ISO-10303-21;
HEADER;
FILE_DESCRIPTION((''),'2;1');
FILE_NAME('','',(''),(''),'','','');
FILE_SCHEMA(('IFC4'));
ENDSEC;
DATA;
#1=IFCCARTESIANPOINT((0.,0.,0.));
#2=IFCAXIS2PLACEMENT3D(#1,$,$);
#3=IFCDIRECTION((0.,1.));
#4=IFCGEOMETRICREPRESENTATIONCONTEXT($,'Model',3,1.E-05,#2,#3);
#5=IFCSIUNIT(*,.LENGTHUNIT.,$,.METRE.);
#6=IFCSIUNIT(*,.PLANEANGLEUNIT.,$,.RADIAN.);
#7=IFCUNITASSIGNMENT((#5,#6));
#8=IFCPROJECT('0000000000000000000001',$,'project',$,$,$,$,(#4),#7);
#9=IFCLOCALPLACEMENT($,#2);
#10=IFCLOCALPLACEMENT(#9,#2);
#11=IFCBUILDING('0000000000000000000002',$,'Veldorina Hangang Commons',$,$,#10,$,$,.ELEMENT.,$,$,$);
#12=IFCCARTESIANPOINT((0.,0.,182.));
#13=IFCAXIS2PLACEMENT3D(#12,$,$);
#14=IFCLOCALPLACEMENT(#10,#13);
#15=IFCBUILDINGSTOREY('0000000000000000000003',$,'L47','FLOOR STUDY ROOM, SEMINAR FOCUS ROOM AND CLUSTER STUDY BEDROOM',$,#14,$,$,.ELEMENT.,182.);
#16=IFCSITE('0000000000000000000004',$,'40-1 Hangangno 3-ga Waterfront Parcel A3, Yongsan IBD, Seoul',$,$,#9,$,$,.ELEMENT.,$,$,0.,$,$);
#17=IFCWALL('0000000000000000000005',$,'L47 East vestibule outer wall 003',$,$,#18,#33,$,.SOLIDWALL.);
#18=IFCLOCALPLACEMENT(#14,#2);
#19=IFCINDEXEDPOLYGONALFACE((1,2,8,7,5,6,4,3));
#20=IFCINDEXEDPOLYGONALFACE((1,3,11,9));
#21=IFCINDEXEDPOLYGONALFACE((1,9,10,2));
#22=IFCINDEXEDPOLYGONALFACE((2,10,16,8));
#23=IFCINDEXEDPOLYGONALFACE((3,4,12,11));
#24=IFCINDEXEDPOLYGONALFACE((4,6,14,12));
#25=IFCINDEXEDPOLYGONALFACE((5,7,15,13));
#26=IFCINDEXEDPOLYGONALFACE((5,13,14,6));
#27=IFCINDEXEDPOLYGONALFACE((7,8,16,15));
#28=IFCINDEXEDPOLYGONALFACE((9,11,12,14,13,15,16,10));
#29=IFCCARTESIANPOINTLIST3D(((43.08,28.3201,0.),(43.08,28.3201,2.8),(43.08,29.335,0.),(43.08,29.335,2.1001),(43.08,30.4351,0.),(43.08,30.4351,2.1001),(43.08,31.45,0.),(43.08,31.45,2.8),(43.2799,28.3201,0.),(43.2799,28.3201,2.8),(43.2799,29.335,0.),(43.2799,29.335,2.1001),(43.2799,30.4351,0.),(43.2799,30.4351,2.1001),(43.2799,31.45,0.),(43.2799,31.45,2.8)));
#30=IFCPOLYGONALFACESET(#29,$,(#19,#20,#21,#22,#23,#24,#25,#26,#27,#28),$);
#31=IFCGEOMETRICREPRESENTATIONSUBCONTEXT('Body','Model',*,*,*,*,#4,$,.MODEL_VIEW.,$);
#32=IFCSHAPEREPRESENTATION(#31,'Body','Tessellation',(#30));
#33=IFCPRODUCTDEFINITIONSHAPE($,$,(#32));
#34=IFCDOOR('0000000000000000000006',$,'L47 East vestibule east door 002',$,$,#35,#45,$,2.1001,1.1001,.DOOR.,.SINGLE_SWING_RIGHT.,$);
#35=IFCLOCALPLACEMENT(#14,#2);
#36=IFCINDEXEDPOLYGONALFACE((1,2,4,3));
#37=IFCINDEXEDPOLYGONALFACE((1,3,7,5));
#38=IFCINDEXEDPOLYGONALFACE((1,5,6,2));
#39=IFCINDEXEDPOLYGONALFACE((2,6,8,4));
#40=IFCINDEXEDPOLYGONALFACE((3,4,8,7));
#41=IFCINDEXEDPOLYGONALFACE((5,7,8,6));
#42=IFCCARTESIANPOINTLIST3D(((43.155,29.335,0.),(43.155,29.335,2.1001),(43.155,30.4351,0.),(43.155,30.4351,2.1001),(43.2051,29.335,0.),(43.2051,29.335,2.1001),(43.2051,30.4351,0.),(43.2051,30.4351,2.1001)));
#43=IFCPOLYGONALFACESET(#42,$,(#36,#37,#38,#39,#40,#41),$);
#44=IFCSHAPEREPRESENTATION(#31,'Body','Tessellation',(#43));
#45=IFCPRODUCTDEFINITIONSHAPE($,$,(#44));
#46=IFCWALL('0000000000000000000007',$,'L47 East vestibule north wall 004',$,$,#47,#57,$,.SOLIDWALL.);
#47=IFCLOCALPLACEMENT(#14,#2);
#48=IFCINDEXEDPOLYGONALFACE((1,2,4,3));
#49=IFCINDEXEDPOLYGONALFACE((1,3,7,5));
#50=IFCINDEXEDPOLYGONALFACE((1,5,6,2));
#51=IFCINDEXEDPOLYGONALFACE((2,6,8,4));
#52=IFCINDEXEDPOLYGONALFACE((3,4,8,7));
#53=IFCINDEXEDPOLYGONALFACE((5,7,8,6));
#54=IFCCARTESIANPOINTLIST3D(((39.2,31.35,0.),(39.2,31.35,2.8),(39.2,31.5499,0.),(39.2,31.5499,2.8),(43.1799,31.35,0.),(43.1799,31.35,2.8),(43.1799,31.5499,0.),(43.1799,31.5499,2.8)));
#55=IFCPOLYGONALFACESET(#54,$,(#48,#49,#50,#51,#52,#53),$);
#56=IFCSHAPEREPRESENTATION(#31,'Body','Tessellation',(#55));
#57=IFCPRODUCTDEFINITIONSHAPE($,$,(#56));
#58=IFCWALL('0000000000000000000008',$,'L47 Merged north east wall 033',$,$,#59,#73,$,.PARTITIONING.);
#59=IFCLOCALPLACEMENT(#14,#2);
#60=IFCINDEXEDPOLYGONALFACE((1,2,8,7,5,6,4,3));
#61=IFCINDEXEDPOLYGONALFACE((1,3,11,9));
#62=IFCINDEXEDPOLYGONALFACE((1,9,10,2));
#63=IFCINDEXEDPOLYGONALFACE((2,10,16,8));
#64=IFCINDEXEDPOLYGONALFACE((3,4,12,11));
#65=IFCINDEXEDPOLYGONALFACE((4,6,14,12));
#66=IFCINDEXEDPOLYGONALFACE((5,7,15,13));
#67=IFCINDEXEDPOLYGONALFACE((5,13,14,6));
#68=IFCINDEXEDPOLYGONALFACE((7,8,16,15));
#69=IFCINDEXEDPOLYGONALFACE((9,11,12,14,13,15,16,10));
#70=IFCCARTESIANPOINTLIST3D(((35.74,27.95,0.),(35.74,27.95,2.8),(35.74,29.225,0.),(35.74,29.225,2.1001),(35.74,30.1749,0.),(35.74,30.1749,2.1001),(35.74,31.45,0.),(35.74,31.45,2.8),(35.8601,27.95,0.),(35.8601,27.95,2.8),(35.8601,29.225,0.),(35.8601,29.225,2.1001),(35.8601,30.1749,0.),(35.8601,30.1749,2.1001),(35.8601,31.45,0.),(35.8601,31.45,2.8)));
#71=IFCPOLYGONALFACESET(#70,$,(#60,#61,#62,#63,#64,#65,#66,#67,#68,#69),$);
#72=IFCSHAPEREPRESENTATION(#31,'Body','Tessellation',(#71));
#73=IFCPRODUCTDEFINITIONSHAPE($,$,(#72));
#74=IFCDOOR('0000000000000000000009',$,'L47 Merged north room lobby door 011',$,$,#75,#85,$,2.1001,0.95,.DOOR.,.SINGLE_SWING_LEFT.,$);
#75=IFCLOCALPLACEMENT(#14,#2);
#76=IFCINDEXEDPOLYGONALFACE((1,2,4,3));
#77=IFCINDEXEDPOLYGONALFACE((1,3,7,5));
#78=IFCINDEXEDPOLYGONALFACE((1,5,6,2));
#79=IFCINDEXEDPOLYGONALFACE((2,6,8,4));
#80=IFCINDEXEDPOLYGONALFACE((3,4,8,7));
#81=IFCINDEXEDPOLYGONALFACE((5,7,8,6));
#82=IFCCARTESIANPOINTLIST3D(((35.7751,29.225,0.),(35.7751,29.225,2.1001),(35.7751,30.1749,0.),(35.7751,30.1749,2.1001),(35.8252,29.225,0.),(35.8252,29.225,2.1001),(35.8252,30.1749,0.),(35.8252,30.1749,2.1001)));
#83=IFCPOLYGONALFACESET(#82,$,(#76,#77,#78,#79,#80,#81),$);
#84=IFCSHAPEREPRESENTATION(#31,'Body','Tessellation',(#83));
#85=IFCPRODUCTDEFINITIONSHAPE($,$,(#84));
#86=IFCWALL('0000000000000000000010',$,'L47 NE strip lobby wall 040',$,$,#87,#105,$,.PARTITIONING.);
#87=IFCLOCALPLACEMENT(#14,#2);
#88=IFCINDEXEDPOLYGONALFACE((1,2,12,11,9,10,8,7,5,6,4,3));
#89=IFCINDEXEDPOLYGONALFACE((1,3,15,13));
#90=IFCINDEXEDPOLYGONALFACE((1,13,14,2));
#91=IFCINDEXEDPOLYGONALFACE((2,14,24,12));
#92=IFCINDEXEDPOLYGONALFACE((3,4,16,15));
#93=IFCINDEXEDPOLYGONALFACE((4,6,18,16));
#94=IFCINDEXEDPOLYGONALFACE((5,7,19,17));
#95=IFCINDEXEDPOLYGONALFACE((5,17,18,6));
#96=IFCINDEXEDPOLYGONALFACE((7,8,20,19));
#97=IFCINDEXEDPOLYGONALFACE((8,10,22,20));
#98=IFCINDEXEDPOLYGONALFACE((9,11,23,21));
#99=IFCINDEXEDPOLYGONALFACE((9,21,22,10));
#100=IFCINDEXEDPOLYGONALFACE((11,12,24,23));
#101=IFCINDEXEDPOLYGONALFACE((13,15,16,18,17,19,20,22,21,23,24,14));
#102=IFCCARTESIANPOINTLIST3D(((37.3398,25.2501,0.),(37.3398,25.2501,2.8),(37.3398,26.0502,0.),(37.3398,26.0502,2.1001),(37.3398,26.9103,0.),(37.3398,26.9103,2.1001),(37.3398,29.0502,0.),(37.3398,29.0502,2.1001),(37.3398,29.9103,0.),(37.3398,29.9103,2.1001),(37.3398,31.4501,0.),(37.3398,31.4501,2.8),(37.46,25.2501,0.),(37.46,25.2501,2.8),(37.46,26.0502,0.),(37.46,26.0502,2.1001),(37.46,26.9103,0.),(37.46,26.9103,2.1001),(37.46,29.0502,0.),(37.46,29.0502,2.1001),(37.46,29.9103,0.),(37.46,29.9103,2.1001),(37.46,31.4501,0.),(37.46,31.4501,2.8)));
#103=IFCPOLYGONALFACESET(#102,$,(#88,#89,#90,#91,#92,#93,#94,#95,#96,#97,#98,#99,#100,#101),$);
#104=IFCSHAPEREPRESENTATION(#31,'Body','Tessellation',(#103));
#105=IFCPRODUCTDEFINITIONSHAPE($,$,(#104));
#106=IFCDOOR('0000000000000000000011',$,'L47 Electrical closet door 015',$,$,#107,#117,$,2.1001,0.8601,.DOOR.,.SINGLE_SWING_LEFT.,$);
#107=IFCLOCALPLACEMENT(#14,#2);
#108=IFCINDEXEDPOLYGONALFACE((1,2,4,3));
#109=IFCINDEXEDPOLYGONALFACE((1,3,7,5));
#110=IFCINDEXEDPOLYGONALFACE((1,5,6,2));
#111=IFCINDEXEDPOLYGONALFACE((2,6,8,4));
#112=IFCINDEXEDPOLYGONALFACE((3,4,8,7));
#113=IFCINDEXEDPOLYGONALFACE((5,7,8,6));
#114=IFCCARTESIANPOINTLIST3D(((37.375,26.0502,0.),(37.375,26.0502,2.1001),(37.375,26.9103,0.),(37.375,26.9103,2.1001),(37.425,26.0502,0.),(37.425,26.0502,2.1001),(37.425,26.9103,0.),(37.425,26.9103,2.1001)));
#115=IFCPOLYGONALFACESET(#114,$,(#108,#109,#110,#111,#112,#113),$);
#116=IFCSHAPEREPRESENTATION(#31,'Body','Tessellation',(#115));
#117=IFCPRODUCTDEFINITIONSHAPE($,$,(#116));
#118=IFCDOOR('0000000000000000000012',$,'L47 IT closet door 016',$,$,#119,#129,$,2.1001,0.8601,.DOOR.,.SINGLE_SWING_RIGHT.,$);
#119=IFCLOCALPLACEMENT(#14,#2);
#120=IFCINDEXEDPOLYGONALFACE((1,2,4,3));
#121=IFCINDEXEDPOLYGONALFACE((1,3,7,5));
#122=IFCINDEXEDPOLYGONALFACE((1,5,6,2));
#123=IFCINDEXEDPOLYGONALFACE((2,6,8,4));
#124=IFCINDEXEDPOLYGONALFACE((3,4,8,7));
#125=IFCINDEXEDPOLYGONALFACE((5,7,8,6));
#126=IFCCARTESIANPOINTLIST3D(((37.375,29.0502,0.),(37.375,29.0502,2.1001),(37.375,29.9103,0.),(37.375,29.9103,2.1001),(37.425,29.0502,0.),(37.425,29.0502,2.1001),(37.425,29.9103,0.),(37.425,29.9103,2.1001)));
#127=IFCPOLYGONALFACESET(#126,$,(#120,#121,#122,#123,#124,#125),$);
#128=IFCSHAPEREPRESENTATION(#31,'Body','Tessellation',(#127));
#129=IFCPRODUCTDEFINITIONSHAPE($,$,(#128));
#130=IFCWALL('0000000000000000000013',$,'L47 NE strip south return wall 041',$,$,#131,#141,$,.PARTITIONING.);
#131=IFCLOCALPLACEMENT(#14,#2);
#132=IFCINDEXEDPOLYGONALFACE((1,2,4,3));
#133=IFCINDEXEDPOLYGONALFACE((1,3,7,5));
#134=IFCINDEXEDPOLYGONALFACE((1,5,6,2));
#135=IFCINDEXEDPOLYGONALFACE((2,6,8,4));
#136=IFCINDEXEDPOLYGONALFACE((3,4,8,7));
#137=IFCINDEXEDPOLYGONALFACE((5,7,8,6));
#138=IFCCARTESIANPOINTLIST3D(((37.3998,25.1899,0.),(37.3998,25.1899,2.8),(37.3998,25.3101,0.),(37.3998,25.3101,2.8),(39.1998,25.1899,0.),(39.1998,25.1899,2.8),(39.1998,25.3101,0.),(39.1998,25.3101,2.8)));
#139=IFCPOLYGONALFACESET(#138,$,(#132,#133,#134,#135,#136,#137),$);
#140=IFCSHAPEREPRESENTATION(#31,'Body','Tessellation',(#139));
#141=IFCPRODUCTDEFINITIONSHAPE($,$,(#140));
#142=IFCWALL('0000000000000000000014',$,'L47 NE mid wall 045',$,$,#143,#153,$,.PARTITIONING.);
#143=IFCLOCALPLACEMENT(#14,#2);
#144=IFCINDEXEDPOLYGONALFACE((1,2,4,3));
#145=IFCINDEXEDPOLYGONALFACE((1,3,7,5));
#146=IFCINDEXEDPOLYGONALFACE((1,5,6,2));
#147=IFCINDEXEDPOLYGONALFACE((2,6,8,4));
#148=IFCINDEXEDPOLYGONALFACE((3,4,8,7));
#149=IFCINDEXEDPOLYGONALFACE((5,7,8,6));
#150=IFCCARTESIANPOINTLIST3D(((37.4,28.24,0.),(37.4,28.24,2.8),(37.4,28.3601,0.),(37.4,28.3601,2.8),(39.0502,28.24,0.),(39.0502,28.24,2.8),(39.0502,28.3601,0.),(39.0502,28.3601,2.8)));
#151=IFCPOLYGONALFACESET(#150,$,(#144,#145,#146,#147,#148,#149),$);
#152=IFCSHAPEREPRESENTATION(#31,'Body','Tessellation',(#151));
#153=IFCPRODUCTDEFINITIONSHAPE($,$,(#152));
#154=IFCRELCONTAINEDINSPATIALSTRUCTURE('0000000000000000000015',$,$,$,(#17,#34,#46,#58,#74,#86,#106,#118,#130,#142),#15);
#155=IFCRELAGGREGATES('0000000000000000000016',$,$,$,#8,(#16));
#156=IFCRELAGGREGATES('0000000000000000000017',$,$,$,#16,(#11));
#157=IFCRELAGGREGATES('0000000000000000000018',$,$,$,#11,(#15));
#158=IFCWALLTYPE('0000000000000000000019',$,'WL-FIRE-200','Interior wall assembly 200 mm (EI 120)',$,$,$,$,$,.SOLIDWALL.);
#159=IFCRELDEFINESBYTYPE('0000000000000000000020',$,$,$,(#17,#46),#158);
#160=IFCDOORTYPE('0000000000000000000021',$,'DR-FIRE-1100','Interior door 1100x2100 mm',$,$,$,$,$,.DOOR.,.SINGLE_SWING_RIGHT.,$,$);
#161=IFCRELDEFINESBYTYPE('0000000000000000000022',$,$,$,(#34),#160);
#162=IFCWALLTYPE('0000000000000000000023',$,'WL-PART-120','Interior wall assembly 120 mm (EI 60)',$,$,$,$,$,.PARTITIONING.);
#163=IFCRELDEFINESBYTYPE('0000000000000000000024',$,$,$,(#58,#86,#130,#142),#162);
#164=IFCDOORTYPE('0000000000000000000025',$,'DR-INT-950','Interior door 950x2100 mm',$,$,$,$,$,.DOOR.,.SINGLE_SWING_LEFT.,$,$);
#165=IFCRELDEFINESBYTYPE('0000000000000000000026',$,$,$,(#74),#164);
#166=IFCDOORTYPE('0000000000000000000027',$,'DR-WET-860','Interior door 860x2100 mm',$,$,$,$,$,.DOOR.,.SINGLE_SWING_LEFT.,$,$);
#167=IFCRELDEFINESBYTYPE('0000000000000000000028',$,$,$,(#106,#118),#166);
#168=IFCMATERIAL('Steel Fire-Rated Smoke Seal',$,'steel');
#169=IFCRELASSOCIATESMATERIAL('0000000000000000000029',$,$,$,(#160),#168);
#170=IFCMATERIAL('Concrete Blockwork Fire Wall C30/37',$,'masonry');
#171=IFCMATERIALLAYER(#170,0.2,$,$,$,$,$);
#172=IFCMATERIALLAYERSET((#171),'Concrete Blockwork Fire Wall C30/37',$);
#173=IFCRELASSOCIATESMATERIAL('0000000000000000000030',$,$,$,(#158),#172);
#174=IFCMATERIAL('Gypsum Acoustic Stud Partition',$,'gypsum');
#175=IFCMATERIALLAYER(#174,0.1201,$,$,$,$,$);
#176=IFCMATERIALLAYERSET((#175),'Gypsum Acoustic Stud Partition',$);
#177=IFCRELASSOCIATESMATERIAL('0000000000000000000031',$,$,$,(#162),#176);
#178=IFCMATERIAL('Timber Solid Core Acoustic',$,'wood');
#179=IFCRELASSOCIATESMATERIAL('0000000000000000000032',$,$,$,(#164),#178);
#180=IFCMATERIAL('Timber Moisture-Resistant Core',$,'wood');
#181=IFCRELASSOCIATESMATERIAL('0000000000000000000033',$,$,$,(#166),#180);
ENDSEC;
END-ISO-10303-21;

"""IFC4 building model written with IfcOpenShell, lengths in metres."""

from ifc_helpers import new_model, si_unit, direction, frame, frame_2d, origin, place, context, subcontext, project, spatial, rectangle, extrude, material, layer, layer_set, type_object, element, fill, save


model = new_model("IFC4")

# Units and contexts
model_context = context("Model", 3, precision=1e-05, world=origin(), true_north=direction((0.0, 1.0)))
body_context = subcontext(model_context, "Body", "Model", "MODEL_VIEW")
ifc_project = project(units=[si_unit("LENGTHUNIT", "METRE"), si_unit("PLANEANGLEUNIT", "RADIAN")], contexts=[model_context])

# Site, building, storey
site_placement = place(None, origin())
site = spatial("IfcSite", under=ifc_project, at=site_placement, Name="40-1 Hangangno 3-ga Waterfront Parcel A3, Yongsan IBD, Seoul", CompositionType="ELEMENT", RefElevation=0.0)
building_placement = place(site_placement, origin())
building = spatial("IfcBuilding", under=site, at=building_placement, Name="Veldorina Hangang Commons", CompositionType="ELEMENT")
storey_placement = place(building_placement, frame((0.0, 0.0, 182.0)))
storey = spatial("IfcBuildingStorey", under=building, at=storey_placement, Name="L47", Description="FLOOR STUDY ROOM, SEMINAR FOCUS ROOM AND CLUSTER STUDY BEDROOM", CompositionType="ELEMENT", Elevation=182.0)

# Shared definitions
ifc_material_1 = material(Name="Steel Fire-Rated Smoke Seal", Category="steel")
door_type_1 = type_object("IfcDoorType", Name="DR-FIRE-1100", Description="Interior door 1100x2100 mm", OperationType="SINGLE_SWING_RIGHT", PredefinedType="DOOR", material=ifc_material_1)

# Wall, opening, door
ifc_material_2 = material(Name="Concrete Blockwork Fire Wall C30/37", Category="masonry")
ifc_layer_1 = layer(ifc_material_2, 0.2)
ifc_layer_set_1 = layer_set([ifc_layer_1], Name="Concrete Blockwork Fire Wall C30/37")
wall_type_1 = type_object("IfcWallType", Name="WL-FIRE-200", Description="Interior wall assembly 200 mm (EI 120)", PredefinedType="SOLIDWALL", material=ifc_layer_set_1)
wall_1_placement = place(storey_placement, frame((43.1799, 28.3201, 0.0), z_axis=(0.0, 0.0, 1.0), x_axis=(0.0, 1.0, 0.0)))
wall_1 = element("IfcWall", 1, at=wall_1_placement, inside=storey, type_object=wall_type_1, Name="L47 East vestibule outer wall 003", PredefinedType="SOLIDWALL", context=body_context, shape_type="SweptSolid", body=[
    extrude(rectangle(XDim=3.1299, YDim=0.2, at=frame_2d((1.5649, 0.0))), origin(), (0.0, 0.0, 1.0), 2.8),
])
opening_1_placement = place(wall_1_placement, frame((1.0149, 0.0, 0.0)))
opening_1 = element("IfcOpeningElement", 2, at=opening_1_placement, cuts=wall_1, PredefinedType="OPENING", context=body_context, shape_type="SweptSolid", body=[
    extrude(rectangle(XDim=1.1001, YDim=2.1001, at=frame_2d((0.55, 1.05))), frame((0.0, 0.1099, 0.0), z_axis=(0.0, -1.0, 0.0), x_axis=(1.0, 0.0, 0.0)), (0.0, 0.0, 1.0), 0.22),
])
door_1_placement = place(opening_1_placement, origin())
door_1 = element("IfcDoor", 3, at=door_1_placement, inside=storey, type_object=door_type_1, Name="L47 East vestibule east door 002", OperationType="SINGLE_SWING_RIGHT", OverallHeight=2.1001, OverallWidth=1.1001, PredefinedType="DOOR", context=body_context, shape_type="SweptSolid", body=[
    extrude(rectangle(XDim=1.1001, YDim=2.1001, at=frame_2d((0.55, 1.05))), frame((0.0, 0.0249, 0.0), z_axis=(0.0, -1.0, 0.0), x_axis=(1.0, 0.0, 0.0)), (0.0, 0.0, 1.0), 0.05),
])
fill(opening_1, door_1)

# Wall
wall_2_placement = place(storey_placement, frame((39.2, 31.45, 0.0), z_axis=(0.0, 0.0, 1.0), x_axis=(1.0, 0.0, 0.0)))
element("IfcWall", 4, at=wall_2_placement, inside=storey, type_object=wall_type_1, Name="L47 East vestibule north wall 004", PredefinedType="SOLIDWALL", context=body_context, shape_type="SweptSolid", body=[
    extrude(rectangle(XDim=3.98, YDim=0.2, at=frame_2d((1.99, 0.0))), origin(), (0.0, 0.0, 1.0), 2.8),
])

# Wall, opening, door
ifc_material_3 = material(Name="Gypsum Acoustic Stud Partition", Category="gypsum")
ifc_layer_2 = layer(ifc_material_3, 0.1201)
ifc_layer_set_2 = layer_set([ifc_layer_2], Name="Gypsum Acoustic Stud Partition")
wall_type_2 = type_object("IfcWallType", Name="WL-PART-120", Description="Interior wall assembly 120 mm (EI 60)", PredefinedType="PARTITIONING", material=ifc_layer_set_2)
wall_3_placement = place(storey_placement, frame((35.8, 27.95, 0.0), z_axis=(0.0, 0.0, 1.0), x_axis=(0.0, 1.0, 0.0)))
wall_3 = element("IfcWall", 5, at=wall_3_placement, inside=storey, type_object=wall_type_2, Name="L47 Merged north east wall 033", PredefinedType="PARTITIONING", context=body_context, shape_type="SweptSolid", body=[
    extrude(rectangle(XDim=3.5, YDim=0.1201, at=frame_2d((1.75, 0.0))), origin(), (0.0, 0.0, 1.0), 2.8),
])
opening_2_placement = place(wall_3_placement, frame((1.2749, 0.0, 0.0)))
opening_2 = element("IfcOpeningElement", 6, at=opening_2_placement, cuts=wall_3, PredefinedType="OPENING", context=body_context, shape_type="SweptSolid", body=[
    extrude(rectangle(XDim=0.95, YDim=2.1001, at=frame_2d((0.4751, 1.05))), frame((0.0, 0.0701, 0.0), z_axis=(0.0, -1.0, 0.0), x_axis=(1.0, 0.0, 0.0)), (0.0, 0.0, 1.0), 0.1401),
])
ifc_material_4 = material(Name="Timber Solid Core Acoustic", Category="wood")
door_type_2 = type_object("IfcDoorType", Name="DR-INT-950", Description="Interior door 950x2100 mm", OperationType="SINGLE_SWING_LEFT", PredefinedType="DOOR", material=ifc_material_4)
door_2_placement = place(opening_2_placement, origin())
door_2 = element("IfcDoor", 7, at=door_2_placement, inside=storey, type_object=door_type_2, Name="L47 Merged north room lobby door 011", OperationType="SINGLE_SWING_LEFT", OverallHeight=2.1001, OverallWidth=0.95, PredefinedType="DOOR", context=body_context, shape_type="SweptSolid", body=[
    extrude(rectangle(XDim=0.95, YDim=2.1001, at=frame_2d((0.4751, 1.05))), frame((0.0, 0.0249, 0.0), z_axis=(0.0, -1.0, 0.0), x_axis=(1.0, 0.0, 0.0)), (0.0, 0.0, 1.0), 0.05),
])
fill(opening_2, door_2)

# Wall, openings, doors
wall_4_placement = place(storey_placement, frame((37.3999, 25.25, 0.0), z_axis=(0.0, 0.0, 1.0), x_axis=(0.0, 1.0, 0.0)))
wall_4 = element("IfcWall", 8, at=wall_4_placement, inside=storey, type_object=wall_type_2, Name="L47 NE strip lobby wall 040", PredefinedType="PARTITIONING", context=body_context, shape_type="SweptSolid", body=[
    extrude(rectangle(XDim=6.2, YDim=0.1201, at=frame_2d((3.1001, 0.0))), origin(), (0.0, 0.0, 1.0), 2.8),
])
opening_3_placement = place(wall_4_placement, frame((0.8, 0.0, 0.0)))
opening_3 = element("IfcOpeningElement", 9, at=opening_3_placement, cuts=wall_4, PredefinedType="OPENING", context=body_context, shape_type="SweptSolid", body=[
    extrude(rectangle(XDim=0.8601, YDim=2.1001, at=frame_2d((0.4302, 1.05))), frame((0.0, 0.0701, 0.0), z_axis=(0.0, -1.0, 0.0), x_axis=(1.0, 0.0, 0.0)), (0.0, 0.0, 1.0), 0.1401),
])
opening_4_placement = place(wall_4_placement, frame((3.8, 0.0, 0.0)))
opening_4 = element("IfcOpeningElement", 10, at=opening_4_placement, cuts=wall_4, PredefinedType="OPENING", context=body_context, shape_type="SweptSolid", body=[
    extrude(rectangle(XDim=0.8601, YDim=2.1001, at=frame_2d((0.4302, 1.05))), frame((0.0, 0.0701, 0.0), z_axis=(0.0, -1.0, 0.0), x_axis=(1.0, 0.0, 0.0)), (0.0, 0.0, 1.0), 0.1401),
])
ifc_material_5 = material(Name="Timber Moisture-Resistant Core", Category="wood")
door_type_3 = type_object("IfcDoorType", Name="DR-WET-860", Description="Interior door 860x2100 mm", OperationType="SINGLE_SWING_LEFT", PredefinedType="DOOR", material=ifc_material_5)
door_3_placement = place(opening_3_placement, origin())
door_3 = element("IfcDoor", 11, at=door_3_placement, inside=storey, type_object=door_type_3, Name="L47 Electrical closet door 015", OperationType="SINGLE_SWING_LEFT", OverallHeight=2.1001, OverallWidth=0.8601, PredefinedType="DOOR", context=body_context, shape_type="SweptSolid", body=[
    extrude(rectangle(XDim=0.8601, YDim=2.1001, at=frame_2d((0.4302, 1.05))), frame((0.0, 0.0249, 0.0), z_axis=(0.0, -1.0, 0.0), x_axis=(1.0, 0.0, 0.0)), (0.0, 0.0, 1.0), 0.05),
])
fill(opening_3, door_3)
door_4_placement = place(opening_4_placement, origin())
door_4 = element("IfcDoor", 12, at=door_4_placement, inside=storey, type_object=door_type_3, Name="L47 IT closet door 016", OperationType="SINGLE_SWING_RIGHT", OverallHeight=2.1001, OverallWidth=0.8601, PredefinedType="DOOR", context=body_context, shape_type="SweptSolid", body=[
    extrude(rectangle(XDim=0.8601, YDim=2.1001, at=frame_2d((0.4302, 1.05))), frame((0.0, 0.0249, 0.0), z_axis=(0.0, -1.0, 0.0), x_axis=(1.0, 0.0, 0.0)), (0.0, 0.0, 1.0), 0.05),
])
fill(opening_4, door_4)

# Walls
wall_5_placement = place(storey_placement, frame((37.3999, 25.25, 0.0), z_axis=(0.0, 0.0, 1.0), x_axis=(1.0, 0.0, 0.0)))
element("IfcWall", 13, at=wall_5_placement, inside=storey, type_object=wall_type_2, Name="L47 NE strip south return wall 041", PredefinedType="PARTITIONING", context=body_context, shape_type="SweptSolid", body=[
    extrude(rectangle(XDim=1.8, YDim=0.1201, at=frame_2d((0.8999, 0.0))), origin(), (0.0, 0.0, 1.0), 2.8),
])
wall_6_placement = place(storey_placement, frame((37.3999, 28.3, 0.0), z_axis=(0.0, 0.0, 1.0), x_axis=(1.0, 0.0, 0.0)))
element("IfcWall", 14, at=wall_6_placement, inside=storey, type_object=wall_type_2, Name="L47 NE mid wall 045", PredefinedType="PARTITIONING", context=body_context, shape_type="SweptSolid", body=[
    extrude(rectangle(XDim=1.6501, YDim=0.1201, at=frame_2d((0.8252, 0.0))), origin(), (0.0, 0.0, 1.0), 2.8),
])

save(model, "model.ifc")
